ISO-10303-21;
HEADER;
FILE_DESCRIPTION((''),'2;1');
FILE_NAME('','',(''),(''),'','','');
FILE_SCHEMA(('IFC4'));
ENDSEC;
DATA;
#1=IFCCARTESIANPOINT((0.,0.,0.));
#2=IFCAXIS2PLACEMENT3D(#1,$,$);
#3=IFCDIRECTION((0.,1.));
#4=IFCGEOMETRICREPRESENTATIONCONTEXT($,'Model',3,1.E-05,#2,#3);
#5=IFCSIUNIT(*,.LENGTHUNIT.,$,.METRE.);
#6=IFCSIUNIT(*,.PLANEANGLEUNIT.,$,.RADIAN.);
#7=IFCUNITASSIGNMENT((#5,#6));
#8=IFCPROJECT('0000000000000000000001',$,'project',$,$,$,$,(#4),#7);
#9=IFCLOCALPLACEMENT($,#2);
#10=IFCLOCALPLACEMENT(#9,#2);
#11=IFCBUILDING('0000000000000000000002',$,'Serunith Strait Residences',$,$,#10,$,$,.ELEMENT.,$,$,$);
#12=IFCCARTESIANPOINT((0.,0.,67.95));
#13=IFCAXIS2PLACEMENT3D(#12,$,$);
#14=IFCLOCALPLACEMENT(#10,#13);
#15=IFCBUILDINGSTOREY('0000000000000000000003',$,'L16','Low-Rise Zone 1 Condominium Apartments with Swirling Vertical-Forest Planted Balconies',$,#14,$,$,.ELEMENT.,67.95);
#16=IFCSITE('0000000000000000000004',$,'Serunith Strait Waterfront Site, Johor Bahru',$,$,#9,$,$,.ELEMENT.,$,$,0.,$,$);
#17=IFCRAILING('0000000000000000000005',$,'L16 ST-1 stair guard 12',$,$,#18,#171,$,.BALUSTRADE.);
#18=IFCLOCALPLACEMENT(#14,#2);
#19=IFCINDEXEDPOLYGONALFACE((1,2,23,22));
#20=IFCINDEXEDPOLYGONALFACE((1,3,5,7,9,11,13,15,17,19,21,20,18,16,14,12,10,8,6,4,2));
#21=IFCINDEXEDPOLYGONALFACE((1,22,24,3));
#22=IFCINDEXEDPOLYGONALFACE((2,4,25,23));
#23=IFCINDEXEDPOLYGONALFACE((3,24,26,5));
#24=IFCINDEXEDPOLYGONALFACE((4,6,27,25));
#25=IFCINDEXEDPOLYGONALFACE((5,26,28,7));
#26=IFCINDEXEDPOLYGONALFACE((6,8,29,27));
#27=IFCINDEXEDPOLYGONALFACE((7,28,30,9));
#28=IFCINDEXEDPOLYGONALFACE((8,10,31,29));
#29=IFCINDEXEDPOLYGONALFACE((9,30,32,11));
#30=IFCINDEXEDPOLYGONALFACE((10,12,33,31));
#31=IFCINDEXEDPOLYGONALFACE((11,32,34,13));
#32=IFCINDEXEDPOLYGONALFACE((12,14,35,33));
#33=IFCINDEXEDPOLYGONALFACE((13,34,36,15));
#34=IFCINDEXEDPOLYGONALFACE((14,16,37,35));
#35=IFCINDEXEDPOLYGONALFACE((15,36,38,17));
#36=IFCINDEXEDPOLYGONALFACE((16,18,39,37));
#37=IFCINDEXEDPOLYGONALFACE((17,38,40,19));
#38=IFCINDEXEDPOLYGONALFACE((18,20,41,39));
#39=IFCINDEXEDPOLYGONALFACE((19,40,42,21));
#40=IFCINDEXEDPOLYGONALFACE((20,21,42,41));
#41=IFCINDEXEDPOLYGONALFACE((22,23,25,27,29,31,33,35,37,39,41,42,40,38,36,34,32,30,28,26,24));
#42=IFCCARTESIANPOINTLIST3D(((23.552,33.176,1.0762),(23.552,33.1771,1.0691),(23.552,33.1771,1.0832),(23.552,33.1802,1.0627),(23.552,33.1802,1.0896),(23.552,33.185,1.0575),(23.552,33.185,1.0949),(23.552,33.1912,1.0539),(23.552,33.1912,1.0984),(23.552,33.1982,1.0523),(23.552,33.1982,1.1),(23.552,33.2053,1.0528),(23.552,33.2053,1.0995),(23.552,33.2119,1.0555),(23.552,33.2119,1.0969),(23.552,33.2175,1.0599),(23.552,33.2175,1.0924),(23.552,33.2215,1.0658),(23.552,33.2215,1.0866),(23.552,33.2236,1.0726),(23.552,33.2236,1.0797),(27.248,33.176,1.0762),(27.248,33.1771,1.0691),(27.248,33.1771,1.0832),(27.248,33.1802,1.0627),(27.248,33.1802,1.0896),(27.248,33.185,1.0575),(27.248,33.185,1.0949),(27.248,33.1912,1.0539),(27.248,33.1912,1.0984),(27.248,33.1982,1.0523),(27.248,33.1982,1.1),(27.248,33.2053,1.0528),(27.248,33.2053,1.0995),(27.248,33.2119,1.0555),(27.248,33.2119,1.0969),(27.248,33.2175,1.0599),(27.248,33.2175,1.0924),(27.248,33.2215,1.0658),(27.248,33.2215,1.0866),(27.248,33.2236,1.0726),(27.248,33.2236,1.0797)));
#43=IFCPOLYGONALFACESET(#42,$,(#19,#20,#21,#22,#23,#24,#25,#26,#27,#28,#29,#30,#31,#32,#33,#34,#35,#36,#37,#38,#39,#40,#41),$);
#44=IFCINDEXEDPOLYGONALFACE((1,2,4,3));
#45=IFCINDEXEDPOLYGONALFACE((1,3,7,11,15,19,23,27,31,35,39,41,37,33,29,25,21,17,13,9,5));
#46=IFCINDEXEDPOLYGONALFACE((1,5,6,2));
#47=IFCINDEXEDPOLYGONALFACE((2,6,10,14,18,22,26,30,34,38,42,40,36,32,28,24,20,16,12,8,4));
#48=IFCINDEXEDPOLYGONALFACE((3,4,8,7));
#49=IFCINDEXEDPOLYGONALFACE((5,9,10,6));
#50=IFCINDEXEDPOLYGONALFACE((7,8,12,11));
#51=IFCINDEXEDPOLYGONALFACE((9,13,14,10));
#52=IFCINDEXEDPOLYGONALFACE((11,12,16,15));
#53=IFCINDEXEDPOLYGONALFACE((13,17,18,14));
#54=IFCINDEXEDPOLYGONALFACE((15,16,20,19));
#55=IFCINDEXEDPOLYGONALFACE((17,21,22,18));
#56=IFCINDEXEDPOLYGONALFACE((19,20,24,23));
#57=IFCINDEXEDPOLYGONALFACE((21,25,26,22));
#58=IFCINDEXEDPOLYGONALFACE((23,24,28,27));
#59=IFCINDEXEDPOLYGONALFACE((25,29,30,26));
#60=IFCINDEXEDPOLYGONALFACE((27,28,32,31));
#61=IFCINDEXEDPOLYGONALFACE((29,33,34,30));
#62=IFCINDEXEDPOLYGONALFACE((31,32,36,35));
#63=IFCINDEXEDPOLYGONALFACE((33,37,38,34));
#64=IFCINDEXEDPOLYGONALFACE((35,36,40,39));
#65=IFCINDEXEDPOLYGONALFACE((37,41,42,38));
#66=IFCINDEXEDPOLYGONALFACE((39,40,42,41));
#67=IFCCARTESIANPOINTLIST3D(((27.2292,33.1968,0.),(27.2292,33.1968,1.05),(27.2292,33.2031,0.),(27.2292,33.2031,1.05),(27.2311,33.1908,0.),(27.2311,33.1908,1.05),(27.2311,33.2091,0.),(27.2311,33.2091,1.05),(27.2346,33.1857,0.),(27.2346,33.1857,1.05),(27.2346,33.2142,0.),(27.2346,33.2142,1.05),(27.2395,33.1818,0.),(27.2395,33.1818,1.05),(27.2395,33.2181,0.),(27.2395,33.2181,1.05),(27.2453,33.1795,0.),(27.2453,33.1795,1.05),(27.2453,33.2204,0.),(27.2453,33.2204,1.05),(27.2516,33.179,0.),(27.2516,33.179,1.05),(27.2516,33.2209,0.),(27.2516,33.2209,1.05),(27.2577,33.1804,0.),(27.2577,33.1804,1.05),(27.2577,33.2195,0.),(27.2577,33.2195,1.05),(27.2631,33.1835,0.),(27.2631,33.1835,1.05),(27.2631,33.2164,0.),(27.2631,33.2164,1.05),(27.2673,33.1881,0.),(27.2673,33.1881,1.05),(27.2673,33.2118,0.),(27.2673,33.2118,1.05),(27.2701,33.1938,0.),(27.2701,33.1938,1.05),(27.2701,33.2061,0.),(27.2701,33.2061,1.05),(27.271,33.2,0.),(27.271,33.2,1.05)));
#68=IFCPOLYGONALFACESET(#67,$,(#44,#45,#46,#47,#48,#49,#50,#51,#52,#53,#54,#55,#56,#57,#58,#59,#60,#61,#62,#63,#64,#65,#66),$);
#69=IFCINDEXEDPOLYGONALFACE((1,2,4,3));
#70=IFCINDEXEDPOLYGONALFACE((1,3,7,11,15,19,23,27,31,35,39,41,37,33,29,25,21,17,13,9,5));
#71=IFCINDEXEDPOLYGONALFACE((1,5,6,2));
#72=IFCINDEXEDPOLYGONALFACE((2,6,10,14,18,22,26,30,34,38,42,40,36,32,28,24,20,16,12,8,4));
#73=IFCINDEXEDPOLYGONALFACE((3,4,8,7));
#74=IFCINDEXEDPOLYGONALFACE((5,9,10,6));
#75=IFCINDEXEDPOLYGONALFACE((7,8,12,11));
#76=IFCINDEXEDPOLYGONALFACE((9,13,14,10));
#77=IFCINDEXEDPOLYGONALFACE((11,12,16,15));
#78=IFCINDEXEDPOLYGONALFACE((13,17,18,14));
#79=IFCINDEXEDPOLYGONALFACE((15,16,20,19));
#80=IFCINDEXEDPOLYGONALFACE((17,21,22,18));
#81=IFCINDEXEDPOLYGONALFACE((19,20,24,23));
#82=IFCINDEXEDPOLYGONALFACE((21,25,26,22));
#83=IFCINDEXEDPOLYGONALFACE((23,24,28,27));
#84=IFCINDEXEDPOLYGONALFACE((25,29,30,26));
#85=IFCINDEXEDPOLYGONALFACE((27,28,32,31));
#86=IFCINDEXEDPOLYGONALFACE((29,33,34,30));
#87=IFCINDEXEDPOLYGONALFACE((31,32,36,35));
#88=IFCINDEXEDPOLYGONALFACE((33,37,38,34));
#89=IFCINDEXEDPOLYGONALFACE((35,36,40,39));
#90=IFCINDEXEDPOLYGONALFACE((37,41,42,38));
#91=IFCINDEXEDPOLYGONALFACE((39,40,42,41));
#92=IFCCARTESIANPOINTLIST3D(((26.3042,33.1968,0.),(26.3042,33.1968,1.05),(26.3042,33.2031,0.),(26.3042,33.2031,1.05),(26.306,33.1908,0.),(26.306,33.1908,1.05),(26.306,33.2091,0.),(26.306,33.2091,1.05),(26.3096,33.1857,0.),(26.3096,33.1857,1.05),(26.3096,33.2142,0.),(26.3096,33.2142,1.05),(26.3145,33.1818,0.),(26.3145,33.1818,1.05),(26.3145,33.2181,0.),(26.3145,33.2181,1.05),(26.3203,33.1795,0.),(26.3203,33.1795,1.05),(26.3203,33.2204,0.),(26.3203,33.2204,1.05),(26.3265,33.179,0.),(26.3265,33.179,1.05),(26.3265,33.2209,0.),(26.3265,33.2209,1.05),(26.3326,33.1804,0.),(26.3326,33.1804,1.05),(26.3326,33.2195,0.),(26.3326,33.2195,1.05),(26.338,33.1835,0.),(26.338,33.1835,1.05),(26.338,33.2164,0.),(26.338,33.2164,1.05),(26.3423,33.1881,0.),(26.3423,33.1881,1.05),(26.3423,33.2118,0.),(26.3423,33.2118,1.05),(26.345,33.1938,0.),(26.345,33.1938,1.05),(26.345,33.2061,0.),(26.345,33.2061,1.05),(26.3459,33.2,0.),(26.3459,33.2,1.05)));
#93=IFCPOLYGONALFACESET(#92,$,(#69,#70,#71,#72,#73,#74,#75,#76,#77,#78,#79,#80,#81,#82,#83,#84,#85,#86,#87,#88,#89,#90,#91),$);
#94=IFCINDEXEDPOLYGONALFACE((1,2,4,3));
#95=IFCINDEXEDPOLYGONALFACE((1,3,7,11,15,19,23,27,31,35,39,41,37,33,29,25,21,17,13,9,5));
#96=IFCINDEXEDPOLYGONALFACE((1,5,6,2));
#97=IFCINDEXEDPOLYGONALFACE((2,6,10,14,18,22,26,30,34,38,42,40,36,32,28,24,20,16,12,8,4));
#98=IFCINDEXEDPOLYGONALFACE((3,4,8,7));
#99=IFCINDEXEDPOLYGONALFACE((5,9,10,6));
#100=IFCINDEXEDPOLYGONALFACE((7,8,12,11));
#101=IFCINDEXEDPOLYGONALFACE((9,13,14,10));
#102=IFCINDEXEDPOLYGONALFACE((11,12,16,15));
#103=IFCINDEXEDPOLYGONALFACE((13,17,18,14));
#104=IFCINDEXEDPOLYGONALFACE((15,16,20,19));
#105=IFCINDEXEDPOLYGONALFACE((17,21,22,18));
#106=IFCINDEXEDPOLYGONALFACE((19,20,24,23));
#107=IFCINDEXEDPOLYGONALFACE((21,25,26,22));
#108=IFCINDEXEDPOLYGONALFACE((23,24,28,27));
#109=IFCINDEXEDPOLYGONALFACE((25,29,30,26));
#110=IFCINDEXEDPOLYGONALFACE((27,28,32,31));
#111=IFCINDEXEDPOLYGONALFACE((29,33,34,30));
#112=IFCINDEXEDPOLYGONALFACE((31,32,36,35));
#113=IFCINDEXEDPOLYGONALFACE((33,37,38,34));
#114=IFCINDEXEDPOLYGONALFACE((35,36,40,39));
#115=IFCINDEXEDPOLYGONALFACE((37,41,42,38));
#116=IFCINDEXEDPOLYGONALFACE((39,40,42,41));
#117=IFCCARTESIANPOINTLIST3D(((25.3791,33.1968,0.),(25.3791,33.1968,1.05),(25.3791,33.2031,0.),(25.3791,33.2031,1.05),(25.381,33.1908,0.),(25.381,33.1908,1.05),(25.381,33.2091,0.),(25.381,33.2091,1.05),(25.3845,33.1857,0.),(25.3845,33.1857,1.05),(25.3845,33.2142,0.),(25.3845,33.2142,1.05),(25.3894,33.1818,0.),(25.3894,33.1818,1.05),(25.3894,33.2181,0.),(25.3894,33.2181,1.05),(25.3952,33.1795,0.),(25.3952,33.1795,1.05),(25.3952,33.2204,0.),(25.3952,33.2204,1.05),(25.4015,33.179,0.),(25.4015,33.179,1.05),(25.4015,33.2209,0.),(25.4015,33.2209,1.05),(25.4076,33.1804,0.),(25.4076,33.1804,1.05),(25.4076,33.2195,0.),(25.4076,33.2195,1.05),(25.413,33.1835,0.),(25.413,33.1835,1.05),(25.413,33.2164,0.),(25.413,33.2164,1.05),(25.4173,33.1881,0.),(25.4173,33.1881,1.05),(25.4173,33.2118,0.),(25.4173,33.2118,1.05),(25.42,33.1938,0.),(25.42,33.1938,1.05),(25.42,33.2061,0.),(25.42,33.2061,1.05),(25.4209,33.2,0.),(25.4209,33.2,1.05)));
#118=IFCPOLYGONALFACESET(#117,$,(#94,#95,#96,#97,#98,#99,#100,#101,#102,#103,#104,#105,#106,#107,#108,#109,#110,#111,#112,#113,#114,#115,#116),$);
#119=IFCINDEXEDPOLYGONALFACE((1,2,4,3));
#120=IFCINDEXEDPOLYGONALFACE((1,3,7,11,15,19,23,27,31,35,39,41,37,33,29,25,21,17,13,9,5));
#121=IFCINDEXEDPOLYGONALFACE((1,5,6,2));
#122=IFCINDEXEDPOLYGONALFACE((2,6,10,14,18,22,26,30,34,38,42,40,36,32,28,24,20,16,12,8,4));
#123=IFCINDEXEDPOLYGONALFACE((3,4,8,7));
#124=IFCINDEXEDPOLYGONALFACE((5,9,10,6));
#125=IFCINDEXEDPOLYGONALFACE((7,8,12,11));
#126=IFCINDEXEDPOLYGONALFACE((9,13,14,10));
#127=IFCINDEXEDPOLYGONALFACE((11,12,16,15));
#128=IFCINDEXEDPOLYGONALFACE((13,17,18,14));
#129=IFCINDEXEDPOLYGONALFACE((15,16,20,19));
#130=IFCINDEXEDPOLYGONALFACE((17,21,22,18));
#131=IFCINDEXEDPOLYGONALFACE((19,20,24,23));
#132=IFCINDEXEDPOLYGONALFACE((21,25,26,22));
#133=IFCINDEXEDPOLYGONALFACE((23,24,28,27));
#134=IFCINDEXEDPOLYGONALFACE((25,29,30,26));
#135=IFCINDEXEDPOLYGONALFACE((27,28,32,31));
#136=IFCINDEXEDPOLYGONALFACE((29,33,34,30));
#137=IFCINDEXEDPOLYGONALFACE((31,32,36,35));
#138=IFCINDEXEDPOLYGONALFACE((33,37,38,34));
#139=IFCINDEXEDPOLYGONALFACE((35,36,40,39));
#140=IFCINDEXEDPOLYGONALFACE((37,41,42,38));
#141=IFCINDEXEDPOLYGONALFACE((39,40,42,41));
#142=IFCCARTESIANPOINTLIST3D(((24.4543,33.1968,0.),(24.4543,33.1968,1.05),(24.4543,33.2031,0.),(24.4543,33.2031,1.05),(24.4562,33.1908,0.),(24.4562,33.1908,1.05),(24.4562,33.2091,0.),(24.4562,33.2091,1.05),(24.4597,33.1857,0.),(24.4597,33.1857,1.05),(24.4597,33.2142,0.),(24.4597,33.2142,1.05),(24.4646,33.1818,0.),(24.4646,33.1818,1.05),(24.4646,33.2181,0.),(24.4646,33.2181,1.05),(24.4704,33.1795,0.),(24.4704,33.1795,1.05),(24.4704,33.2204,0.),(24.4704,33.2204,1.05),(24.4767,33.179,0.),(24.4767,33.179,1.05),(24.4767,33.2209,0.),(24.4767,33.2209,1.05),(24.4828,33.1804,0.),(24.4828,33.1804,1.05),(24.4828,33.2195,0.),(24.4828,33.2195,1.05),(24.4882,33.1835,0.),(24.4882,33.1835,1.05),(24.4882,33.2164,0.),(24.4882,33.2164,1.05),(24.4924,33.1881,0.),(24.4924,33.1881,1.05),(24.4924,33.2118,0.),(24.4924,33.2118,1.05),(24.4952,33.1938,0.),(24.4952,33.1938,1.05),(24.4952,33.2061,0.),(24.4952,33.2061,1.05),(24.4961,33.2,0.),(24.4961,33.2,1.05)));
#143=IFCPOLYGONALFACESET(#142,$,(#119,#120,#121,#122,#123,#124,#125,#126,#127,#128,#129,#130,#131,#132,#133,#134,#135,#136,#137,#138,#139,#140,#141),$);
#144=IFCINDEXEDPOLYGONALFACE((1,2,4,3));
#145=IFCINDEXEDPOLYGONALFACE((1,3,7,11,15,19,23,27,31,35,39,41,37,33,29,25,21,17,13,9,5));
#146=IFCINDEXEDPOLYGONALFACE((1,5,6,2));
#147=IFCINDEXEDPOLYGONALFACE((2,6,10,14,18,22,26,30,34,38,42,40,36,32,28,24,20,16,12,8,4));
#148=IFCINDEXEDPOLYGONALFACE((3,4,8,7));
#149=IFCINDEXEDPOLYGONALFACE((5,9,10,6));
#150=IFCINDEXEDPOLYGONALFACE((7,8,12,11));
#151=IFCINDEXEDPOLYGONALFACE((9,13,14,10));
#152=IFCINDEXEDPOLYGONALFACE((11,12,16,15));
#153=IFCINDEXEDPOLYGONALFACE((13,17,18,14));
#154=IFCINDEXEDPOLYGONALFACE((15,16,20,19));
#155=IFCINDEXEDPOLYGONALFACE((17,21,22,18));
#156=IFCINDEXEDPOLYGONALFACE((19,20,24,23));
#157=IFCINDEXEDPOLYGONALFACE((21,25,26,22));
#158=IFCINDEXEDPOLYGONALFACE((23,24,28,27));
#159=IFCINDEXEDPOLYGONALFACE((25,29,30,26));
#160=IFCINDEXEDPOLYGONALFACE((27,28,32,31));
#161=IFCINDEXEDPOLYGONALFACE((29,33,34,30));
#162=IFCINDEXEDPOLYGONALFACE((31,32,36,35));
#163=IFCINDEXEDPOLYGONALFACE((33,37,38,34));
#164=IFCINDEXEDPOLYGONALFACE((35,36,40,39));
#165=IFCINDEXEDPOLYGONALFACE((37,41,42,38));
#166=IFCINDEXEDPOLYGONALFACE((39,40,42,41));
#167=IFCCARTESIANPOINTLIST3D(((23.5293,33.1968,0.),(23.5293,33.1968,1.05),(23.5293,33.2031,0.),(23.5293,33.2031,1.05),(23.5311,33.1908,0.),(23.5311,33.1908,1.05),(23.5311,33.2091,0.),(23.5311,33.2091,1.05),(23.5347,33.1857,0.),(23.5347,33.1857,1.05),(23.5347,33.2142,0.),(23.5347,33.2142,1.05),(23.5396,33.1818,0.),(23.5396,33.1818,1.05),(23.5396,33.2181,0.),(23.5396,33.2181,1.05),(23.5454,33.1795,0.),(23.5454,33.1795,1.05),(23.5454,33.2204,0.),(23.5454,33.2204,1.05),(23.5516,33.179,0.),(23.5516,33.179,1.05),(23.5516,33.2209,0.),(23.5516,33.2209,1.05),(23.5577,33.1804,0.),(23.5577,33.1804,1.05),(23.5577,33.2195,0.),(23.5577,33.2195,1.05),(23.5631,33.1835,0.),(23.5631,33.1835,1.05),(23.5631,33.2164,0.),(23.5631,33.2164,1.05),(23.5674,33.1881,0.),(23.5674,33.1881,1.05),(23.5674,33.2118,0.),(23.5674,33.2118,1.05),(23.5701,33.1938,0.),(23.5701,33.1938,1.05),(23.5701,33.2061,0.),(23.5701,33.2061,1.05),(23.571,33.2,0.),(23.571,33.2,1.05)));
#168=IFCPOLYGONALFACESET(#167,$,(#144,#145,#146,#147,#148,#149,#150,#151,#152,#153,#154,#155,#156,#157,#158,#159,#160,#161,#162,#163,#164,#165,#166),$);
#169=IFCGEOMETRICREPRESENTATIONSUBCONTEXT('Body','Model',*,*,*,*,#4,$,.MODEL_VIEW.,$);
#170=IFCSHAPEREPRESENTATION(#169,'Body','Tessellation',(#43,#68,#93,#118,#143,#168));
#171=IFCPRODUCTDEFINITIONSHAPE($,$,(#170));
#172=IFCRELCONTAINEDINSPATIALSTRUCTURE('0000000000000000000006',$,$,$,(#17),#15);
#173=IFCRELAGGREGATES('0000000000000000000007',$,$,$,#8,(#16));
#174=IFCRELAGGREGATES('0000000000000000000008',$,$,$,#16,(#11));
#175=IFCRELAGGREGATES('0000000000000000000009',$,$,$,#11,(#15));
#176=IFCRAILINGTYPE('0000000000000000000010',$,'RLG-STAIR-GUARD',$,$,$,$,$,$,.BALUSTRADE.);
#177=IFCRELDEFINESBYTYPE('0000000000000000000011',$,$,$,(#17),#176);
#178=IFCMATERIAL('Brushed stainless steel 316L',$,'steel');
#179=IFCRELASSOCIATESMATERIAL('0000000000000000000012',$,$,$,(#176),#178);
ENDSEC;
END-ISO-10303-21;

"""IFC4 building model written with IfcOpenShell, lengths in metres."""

from ifc_helpers import new_model, si_unit, direction, frame, origin, origin_2d, place, context, subcontext, project, spatial, circle, extrude, material, type_object, element, save


model = new_model("IFC4")

# Units and contexts
model_context = context("Model", 3, precision=1e-05, world=origin(), true_north=direction((0.0, 1.0)))
body_context = subcontext(model_context, "Body", "Model", "MODEL_VIEW")
ifc_project = project(units=[si_unit("LENGTHUNIT", "METRE"), si_unit("PLANEANGLEUNIT", "RADIAN")], contexts=[model_context])

# Site, building, storey
site_placement = place(None, origin())
site = spatial("IfcSite", under=ifc_project, at=site_placement, Name="Serunith Strait Waterfront Site, Johor Bahru", CompositionType="ELEMENT", RefElevation=0.0)
building_placement = place(site_placement, origin())
building = spatial("IfcBuilding", under=site, at=building_placement, Name="Serunith Strait Residences", CompositionType="ELEMENT")
storey_placement = place(building_placement, frame((0.0, 0.0, 67.95)))
storey = spatial("IfcBuildingStorey", under=building, at=storey_placement, Name="L16", Description="Low-Rise Zone 1 Condominium Apartments with Swirling Vertical-Forest Planted Balconies", CompositionType="ELEMENT", Elevation=67.95)

# Railing
ifc_material_1 = material(Name="Brushed stainless steel 316L", Category="steel")
railing_type_1 = type_object("IfcRailingType", Name="RLG-STAIR-GUARD", PredefinedType="BALUSTRADE", material=ifc_material_1)
railing_1_placement = place(storey_placement, frame((27.25, 33.2, 0.0)))
element("IfcRailing", 1, at=railing_1_placement, inside=storey, type_object=railing_type_1, Name="L16 ST-1 stair guard 12", PredefinedType="BALUSTRADE", context=body_context, shape_type="SweptSolid", body=[
    extrude(circle(Radius=0.0239, at=origin_2d()), frame((-0.002, 0.0, 1.0762), z_axis=(-1.0, 0.0, 0.0), x_axis=(0.0, -1.0, 0.0)), (0.0, 0.0, 1.0), 3.696),
    extrude(circle(Radius=0.021, at=origin_2d()), origin(), (0.0, 0.0, 1.0), 1.05),
    extrude(circle(Radius=0.021, at=origin_2d()), frame((-0.925, 0.0, 0.0)), (0.0, 0.0, 1.0), 1.05),
    extrude(circle(Radius=0.021, at=origin_2d()), frame((-1.8501, 0.0, 0.0)), (0.0, 0.0, 1.0), 1.05),
    extrude(circle(Radius=0.021, at=origin_2d()), frame((-2.7749, 0.0, 0.0)), (0.0, 0.0, 1.0), 1.05),
    extrude(circle(Radius=0.021, at=origin_2d()), frame((-3.7, 0.0, 0.0)), (0.0, 0.0, 1.0), 1.05),
])

save(model, "model.ifc")
